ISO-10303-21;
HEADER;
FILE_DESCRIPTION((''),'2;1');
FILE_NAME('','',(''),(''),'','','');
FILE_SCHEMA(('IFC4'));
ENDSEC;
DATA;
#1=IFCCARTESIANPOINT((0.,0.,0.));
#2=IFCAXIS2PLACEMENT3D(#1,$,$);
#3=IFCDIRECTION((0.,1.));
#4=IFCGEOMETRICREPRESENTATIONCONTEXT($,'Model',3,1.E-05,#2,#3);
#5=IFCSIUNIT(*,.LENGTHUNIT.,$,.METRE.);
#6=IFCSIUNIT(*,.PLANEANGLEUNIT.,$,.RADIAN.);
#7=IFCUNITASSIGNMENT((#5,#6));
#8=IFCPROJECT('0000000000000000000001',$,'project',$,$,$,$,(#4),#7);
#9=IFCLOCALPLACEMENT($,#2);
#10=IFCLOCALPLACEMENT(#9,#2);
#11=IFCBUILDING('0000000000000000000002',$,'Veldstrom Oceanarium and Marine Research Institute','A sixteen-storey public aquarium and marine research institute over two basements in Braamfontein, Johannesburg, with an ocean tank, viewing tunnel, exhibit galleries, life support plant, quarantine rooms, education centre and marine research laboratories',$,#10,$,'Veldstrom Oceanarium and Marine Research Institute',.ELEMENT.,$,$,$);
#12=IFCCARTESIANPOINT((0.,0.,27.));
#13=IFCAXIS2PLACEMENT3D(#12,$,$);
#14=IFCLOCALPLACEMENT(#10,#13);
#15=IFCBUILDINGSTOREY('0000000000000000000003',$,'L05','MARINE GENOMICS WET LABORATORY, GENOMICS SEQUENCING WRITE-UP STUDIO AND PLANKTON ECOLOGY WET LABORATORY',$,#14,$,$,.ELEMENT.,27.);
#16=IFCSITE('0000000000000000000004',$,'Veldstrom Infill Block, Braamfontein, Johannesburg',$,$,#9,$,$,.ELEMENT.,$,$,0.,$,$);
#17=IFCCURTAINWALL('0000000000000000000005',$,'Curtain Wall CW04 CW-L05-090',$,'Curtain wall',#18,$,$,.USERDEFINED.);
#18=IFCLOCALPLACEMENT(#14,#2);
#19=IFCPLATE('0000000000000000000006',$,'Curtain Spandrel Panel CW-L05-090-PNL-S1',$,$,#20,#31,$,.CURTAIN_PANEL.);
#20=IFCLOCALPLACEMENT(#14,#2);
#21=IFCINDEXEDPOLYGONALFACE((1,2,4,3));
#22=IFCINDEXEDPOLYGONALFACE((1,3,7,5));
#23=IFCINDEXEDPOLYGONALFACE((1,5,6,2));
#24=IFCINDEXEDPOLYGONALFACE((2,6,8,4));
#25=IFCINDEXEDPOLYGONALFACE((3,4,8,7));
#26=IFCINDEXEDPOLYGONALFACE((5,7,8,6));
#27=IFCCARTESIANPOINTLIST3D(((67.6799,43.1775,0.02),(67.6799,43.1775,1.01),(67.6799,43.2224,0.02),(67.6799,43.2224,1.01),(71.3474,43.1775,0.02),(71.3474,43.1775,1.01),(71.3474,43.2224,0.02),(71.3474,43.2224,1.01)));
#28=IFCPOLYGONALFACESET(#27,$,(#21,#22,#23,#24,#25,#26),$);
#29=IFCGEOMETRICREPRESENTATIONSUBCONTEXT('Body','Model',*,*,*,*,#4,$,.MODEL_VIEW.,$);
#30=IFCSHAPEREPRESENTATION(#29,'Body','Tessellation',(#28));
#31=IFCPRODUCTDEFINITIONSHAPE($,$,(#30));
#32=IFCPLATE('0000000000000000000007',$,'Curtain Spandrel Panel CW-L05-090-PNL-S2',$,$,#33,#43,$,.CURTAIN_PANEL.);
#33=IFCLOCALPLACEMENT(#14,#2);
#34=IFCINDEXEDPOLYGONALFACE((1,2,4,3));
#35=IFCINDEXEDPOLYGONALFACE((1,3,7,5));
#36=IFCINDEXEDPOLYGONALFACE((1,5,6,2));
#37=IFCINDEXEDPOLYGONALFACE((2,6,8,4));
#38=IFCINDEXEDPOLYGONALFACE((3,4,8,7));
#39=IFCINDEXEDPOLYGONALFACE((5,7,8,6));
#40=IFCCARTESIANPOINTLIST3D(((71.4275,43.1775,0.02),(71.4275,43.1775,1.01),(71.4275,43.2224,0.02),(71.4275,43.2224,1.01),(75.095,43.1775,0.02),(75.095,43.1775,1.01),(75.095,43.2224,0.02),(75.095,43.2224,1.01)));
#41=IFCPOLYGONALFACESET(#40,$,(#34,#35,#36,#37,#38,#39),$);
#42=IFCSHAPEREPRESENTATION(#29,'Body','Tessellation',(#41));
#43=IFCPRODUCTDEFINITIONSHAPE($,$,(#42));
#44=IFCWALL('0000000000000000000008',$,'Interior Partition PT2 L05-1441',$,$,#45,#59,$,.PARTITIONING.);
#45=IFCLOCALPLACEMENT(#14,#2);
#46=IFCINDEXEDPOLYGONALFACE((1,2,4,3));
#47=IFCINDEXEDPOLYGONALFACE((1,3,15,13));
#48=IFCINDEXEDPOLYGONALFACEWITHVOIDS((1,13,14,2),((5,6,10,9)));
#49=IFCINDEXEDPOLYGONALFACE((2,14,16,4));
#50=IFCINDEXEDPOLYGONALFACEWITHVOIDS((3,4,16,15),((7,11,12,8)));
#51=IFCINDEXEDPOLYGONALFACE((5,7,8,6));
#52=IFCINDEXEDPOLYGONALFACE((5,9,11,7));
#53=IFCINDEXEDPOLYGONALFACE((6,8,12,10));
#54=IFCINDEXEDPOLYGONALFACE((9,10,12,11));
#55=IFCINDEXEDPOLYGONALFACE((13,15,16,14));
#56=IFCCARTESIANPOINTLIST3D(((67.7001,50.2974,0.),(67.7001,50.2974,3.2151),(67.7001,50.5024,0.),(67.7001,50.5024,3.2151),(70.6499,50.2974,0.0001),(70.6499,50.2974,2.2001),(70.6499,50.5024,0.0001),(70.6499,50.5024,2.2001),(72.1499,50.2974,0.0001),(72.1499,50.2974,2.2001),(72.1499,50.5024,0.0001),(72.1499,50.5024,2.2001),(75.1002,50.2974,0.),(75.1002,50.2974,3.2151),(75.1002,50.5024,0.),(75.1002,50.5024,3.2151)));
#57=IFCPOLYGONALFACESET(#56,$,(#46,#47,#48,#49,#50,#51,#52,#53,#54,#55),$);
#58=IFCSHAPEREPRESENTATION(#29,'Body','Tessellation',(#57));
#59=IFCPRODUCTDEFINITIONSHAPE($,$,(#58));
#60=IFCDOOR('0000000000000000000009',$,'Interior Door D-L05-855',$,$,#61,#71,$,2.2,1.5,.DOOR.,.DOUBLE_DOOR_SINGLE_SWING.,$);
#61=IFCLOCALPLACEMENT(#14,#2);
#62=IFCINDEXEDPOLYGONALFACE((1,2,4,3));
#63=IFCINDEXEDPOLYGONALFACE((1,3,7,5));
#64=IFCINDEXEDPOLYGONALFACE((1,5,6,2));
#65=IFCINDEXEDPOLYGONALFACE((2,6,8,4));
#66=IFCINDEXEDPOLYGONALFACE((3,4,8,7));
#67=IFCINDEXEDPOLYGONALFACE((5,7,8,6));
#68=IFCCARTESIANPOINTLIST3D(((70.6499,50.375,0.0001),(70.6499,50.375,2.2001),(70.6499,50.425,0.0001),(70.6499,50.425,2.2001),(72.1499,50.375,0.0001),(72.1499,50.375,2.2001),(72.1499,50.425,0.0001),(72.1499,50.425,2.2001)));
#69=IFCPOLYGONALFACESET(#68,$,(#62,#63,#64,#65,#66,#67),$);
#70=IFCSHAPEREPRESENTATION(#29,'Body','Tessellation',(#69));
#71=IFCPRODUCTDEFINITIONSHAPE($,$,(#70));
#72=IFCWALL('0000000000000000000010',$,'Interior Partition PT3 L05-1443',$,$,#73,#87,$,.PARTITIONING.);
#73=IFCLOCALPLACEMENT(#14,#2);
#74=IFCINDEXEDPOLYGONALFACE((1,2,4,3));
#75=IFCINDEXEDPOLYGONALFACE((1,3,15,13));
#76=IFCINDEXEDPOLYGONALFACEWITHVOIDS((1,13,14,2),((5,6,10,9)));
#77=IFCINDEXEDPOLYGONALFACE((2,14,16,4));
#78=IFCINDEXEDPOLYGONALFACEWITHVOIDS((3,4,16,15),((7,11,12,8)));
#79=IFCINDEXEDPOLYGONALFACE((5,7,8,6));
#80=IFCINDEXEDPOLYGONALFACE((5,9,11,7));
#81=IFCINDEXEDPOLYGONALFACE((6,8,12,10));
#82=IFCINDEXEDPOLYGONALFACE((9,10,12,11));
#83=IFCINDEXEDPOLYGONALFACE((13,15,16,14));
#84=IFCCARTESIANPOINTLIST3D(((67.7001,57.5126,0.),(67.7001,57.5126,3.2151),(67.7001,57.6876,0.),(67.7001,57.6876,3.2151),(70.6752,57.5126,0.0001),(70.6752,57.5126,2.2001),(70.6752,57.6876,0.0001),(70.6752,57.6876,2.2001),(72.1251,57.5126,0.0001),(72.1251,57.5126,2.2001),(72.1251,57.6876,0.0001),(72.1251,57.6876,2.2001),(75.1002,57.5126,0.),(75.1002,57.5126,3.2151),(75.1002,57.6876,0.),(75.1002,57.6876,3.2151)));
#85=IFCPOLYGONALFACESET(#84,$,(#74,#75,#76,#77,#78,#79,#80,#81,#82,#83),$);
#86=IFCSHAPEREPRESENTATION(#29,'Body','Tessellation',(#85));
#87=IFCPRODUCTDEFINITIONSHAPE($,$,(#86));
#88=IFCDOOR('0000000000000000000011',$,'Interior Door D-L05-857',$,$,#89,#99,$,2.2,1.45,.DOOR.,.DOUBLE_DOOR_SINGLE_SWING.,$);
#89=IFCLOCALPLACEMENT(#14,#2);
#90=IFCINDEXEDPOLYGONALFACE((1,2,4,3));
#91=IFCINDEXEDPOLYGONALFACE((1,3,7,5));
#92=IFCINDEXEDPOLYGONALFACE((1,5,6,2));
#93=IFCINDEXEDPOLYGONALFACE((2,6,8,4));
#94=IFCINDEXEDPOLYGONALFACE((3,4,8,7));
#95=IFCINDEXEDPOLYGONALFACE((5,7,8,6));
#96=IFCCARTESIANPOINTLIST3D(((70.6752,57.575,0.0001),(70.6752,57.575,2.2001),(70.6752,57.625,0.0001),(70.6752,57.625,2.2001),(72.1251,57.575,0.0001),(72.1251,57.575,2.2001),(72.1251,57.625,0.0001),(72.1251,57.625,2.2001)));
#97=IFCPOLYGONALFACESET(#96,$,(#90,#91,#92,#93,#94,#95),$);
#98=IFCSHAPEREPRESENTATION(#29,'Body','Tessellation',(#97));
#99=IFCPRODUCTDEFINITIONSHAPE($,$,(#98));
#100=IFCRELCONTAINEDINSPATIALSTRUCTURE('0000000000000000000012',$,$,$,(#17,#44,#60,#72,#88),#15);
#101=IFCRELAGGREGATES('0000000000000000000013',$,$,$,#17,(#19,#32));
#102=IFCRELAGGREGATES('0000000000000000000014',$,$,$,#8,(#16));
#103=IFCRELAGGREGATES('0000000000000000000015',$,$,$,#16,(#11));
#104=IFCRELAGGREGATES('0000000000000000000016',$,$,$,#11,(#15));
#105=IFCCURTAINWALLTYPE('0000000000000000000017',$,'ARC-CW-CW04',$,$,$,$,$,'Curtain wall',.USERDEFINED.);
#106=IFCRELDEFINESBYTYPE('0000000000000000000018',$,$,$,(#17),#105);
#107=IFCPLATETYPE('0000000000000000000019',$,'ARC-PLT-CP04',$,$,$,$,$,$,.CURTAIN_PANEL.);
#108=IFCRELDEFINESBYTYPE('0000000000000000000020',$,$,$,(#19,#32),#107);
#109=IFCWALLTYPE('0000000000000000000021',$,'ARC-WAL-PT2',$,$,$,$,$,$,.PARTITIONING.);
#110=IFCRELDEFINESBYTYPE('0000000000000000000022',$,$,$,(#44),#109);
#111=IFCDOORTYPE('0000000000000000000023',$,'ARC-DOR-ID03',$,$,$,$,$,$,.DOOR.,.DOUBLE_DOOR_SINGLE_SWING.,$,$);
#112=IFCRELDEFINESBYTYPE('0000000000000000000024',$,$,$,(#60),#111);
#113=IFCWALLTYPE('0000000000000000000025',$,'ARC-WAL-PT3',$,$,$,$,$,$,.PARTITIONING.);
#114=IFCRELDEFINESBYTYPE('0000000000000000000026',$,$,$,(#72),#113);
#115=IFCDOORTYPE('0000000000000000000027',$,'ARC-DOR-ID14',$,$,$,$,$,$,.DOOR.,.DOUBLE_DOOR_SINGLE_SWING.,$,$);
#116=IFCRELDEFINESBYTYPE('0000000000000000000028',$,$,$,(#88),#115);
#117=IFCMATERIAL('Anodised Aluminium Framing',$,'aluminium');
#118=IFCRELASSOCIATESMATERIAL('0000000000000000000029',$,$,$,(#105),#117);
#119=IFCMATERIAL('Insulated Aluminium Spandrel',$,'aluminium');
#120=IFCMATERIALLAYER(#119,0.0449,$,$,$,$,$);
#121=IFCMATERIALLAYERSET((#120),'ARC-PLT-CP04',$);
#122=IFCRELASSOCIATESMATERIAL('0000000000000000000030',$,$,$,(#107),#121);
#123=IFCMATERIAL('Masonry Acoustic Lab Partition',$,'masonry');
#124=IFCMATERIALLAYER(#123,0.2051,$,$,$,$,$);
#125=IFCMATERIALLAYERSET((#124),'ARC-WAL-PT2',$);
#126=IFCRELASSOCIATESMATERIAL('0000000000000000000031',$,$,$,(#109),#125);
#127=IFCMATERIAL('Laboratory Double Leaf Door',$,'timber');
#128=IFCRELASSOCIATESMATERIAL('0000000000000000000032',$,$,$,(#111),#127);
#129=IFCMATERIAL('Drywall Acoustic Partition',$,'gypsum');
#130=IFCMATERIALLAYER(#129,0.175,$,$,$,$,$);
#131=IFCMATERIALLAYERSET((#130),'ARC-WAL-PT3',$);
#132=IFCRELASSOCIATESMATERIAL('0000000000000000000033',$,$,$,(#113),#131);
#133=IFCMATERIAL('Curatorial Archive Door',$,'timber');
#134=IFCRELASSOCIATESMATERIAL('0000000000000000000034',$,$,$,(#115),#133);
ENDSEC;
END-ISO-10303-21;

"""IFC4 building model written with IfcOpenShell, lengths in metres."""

from ifc_helpers import new_model, si_unit, direction, frame, frame_2d, origin, origin_2d, place, context, subcontext, project, spatial, rectangle, extrude, material, layer, layer_set, type_object, element, fill, aggregate, save


model = new_model("IFC4")

# Units and contexts
model_context = context("Model", 3, precision=1e-05, world=origin(), true_north=direction((0.0, 1.0)))
body_context = subcontext(model_context, "Body", "Model", "MODEL_VIEW")
ifc_project = project(units=[si_unit("LENGTHUNIT", "METRE"), si_unit("PLANEANGLEUNIT", "RADIAN")], contexts=[model_context])

# Site, building, storey
site_placement = place(None, origin())
site = spatial("IfcSite", under=ifc_project, at=site_placement, Name="Veldstrom Infill Block, Braamfontein, Johannesburg", CompositionType="ELEMENT", RefElevation=0.0)
building_placement = place(site_placement, origin())
building = spatial("IfcBuilding", under=site, at=building_placement, Name="Veldstrom Oceanarium and Marine Research Institute", Description="A sixteen-storey public aquarium and marine research institute over two basements in Braamfontein, Johannesburg, with an ocean tank, viewing tunnel, exhibit galleries, life support plant, quarantine rooms, education centre and marine research laboratories", LongName="Veldstrom Oceanarium and Marine Research Institute", CompositionType="ELEMENT")
storey_placement = place(building_placement, frame((0.0, 0.0, 27.0)))
storey = spatial("IfcBuildingStorey", under=building, at=storey_placement, Name="L05", Description="MARINE GENOMICS WET LABORATORY, GENOMICS SEQUENCING WRITE-UP STUDIO AND PLANKTON ECOLOGY WET LABORATORY", CompositionType="ELEMENT", Elevation=27.0)

# Curtain wall
ifc_material_1 = material(Name="Anodised Aluminium Framing", Category="aluminium")
curtain_wall_type = type_object("IfcCurtainWallType", Name="ARC-CW-CW04", ElementType="Curtain wall", PredefinedType="USERDEFINED", material=ifc_material_1)
curtain_wall_placement = place(storey_placement, origin())
curtain_wall = element("IfcCurtainWall", 1, at=curtain_wall_placement, inside=storey, type_object=curtain_wall_type, Name="Curtain Wall CW04 CW-L05-090", ObjectType="Curtain wall", PredefinedType="USERDEFINED")

# Plates
ifc_material_2 = material(Name="Insulated Aluminium Spandrel", Category="aluminium")
ifc_layer_1 = layer(ifc_material_2, 0.0449)
ifc_layer_set_1 = layer_set([ifc_layer_1], Name="ARC-PLT-CP04")
plate_type_1 = type_object("IfcPlateType", Name="ARC-PLT-CP04", PredefinedType="CURTAIN_PANEL", material=ifc_layer_set_1)
plate_1_placement = place(storey_placement, frame((69.5137, 43.2, 0.02), z_axis=(0.0, 0.0, 1.0), x_axis=(1.0, 0.0, 0.0)))
plate_1 = element("IfcPlate", 2, at=plate_1_placement, type_object=plate_type_1, Name="Curtain Spandrel Panel CW-L05-090-PNL-S1", PredefinedType="CURTAIN_PANEL", context=body_context, shape_type="SweptSolid", body=[
    extrude(rectangle(XDim=3.6675, YDim=0.0449, at=origin_2d()), origin(), (0.0, 0.0, 1.0), 0.99),
])
plate_2_placement = place(storey_placement, frame((73.2612, 43.2, 0.02), z_axis=(0.0, 0.0, 1.0), x_axis=(1.0, 0.0, 0.0)))
plate_2 = element("IfcPlate", 3, at=plate_2_placement, type_object=plate_type_1, Name="Curtain Spandrel Panel CW-L05-090-PNL-S2", PredefinedType="CURTAIN_PANEL", context=body_context, shape_type="SweptSolid", body=[
    extrude(rectangle(XDim=3.6675, YDim=0.0449, at=origin_2d()), origin(), (0.0, 0.0, 1.0), 0.99),
])
aggregate(curtain_wall, [plate_1, plate_2])

# Walls, openings, doors
ifc_material_3 = material(Name="Masonry Acoustic Lab Partition", Category="masonry")
ifc_layer_2 = layer(ifc_material_3, 0.2051)
ifc_layer_set_2 = layer_set([ifc_layer_2], Name="ARC-WAL-PT2")
wall_type_1 = type_object("IfcWallType", Name="ARC-WAL-PT2", PredefinedType="PARTITIONING", material=ifc_layer_set_2)
wall_1_placement = place(storey_placement, frame((67.7, 50.3999, 0.0), z_axis=(0.0, 0.0, 1.0), x_axis=(1.0, 0.0, 0.0)))
wall_1 = element("IfcWall", 4, at=wall_1_placement, inside=storey, type_object=wall_type_1, Name="Interior Partition PT2 L05-1441", PredefinedType="PARTITIONING", context=body_context, shape_type="SweptSolid", body=[
    extrude(rectangle(XDim=7.4001, YDim=0.2051, at=frame_2d((3.7002, 0.0))), origin(), (0.0, 0.0, 1.0), 3.2151),
])
opening_1_placement = place(wall_1_placement, frame((2.95, 0.0, 0.0)))
opening_1 = element("IfcOpeningElement", 5, at=opening_1_placement, cuts=wall_1, PredefinedType="OPENING", context=body_context, shape_type="SweptSolid", body=[
    extrude(rectangle(XDim=1.5, YDim=2.2, at=frame_2d((0.75, 1.1001))), frame((0.0, 0.1125, 0.0), z_axis=(0.0, -1.0, 0.0), x_axis=(1.0, 0.0, 0.0)), (0.0, 0.0, 1.0), 0.2251),
])
ifc_material_4 = material(Name="Laboratory Double Leaf Door", Category="timber")
door_type_1 = type_object("IfcDoorType", Name="ARC-DOR-ID03", OperationType="DOUBLE_DOOR_SINGLE_SWING", PredefinedType="DOOR", material=ifc_material_4)
door_1_placement = place(opening_1_placement, frame((1.5, 0.0, 0.0), z_axis=(0.0, 0.0, 1.0), x_axis=(-1.0, 0.0, 0.0)))
door_1 = element("IfcDoor", 6, at=door_1_placement, inside=storey, type_object=door_type_1, Name="Interior Door D-L05-855", OperationType="DOUBLE_DOOR_SINGLE_SWING", OverallHeight=2.2, OverallWidth=1.5, PredefinedType="DOOR", context=body_context, shape_type="SweptSolid", body=[
    extrude(rectangle(XDim=1.5, YDim=2.2, at=frame_2d((0.75, 1.1001))), frame((0.0, 0.0249, 0.0), z_axis=(0.0, -1.0, 0.0), x_axis=(1.0, 0.0, 0.0)), (0.0, 0.0, 1.0), 0.05),
])
fill(opening_1, door_1)
ifc_material_5 = material(Name="Drywall Acoustic Partition", Category="gypsum")
ifc_layer_3 = layer(ifc_material_5, 0.175)
ifc_layer_set_3 = layer_set([ifc_layer_3], Name="ARC-WAL-PT3")
wall_type_2 = type_object("IfcWallType", Name="ARC-WAL-PT3", PredefinedType="PARTITIONING", material=ifc_layer_set_3)
wall_2_placement = place(storey_placement, frame((67.7, 57.6001, 0.0), z_axis=(0.0, 0.0, 1.0), x_axis=(1.0, 0.0, 0.0)))
wall_2 = element("IfcWall", 7, at=wall_2_placement, inside=storey, type_object=wall_type_2, Name="Interior Partition PT3 L05-1443", PredefinedType="PARTITIONING", context=body_context, shape_type="SweptSolid", body=[
    extrude(rectangle(XDim=7.4001, YDim=0.175, at=frame_2d((3.7002, 0.0))), origin(), (0.0, 0.0, 1.0), 3.2151),
])
opening_2_placement = place(wall_2_placement, frame((2.9751, 0.0, 0.0)))
opening_2 = element("IfcOpeningElement", 8, at=opening_2_placement, cuts=wall_2, PredefinedType="OPENING", context=body_context, shape_type="SweptSolid", body=[
    extrude(rectangle(XDim=1.45, YDim=2.2, at=frame_2d((0.7251, 1.1001))), frame((0.0, 0.0974, 0.0), z_axis=(0.0, -1.0, 0.0), x_axis=(1.0, 0.0, 0.0)), (0.0, 0.0, 1.0), 0.1951),
])
ifc_material_6 = material(Name="Curatorial Archive Door", Category="timber")
door_type_2 = type_object("IfcDoorType", Name="ARC-DOR-ID14", OperationType="DOUBLE_DOOR_SINGLE_SWING", PredefinedType="DOOR", material=ifc_material_6)
door_2_placement = place(opening_2_placement, origin())
door_2 = element("IfcDoor", 9, at=door_2_placement, inside=storey, type_object=door_type_2, Name="Interior Door D-L05-857", OperationType="DOUBLE_DOOR_SINGLE_SWING", OverallHeight=2.2, OverallWidth=1.45, PredefinedType="DOOR", context=body_context, shape_type="SweptSolid", body=[
    extrude(rectangle(XDim=1.45, YDim=2.2, at=frame_2d((0.7251, 1.1001))), frame((0.0, 0.0249, 0.0), z_axis=(0.0, -1.0, 0.0), x_axis=(1.0, 0.0, 0.0)), (0.0, 0.0, 1.0), 0.05),
])
fill(opening_2, door_2)

save(model, "model.ifc")
